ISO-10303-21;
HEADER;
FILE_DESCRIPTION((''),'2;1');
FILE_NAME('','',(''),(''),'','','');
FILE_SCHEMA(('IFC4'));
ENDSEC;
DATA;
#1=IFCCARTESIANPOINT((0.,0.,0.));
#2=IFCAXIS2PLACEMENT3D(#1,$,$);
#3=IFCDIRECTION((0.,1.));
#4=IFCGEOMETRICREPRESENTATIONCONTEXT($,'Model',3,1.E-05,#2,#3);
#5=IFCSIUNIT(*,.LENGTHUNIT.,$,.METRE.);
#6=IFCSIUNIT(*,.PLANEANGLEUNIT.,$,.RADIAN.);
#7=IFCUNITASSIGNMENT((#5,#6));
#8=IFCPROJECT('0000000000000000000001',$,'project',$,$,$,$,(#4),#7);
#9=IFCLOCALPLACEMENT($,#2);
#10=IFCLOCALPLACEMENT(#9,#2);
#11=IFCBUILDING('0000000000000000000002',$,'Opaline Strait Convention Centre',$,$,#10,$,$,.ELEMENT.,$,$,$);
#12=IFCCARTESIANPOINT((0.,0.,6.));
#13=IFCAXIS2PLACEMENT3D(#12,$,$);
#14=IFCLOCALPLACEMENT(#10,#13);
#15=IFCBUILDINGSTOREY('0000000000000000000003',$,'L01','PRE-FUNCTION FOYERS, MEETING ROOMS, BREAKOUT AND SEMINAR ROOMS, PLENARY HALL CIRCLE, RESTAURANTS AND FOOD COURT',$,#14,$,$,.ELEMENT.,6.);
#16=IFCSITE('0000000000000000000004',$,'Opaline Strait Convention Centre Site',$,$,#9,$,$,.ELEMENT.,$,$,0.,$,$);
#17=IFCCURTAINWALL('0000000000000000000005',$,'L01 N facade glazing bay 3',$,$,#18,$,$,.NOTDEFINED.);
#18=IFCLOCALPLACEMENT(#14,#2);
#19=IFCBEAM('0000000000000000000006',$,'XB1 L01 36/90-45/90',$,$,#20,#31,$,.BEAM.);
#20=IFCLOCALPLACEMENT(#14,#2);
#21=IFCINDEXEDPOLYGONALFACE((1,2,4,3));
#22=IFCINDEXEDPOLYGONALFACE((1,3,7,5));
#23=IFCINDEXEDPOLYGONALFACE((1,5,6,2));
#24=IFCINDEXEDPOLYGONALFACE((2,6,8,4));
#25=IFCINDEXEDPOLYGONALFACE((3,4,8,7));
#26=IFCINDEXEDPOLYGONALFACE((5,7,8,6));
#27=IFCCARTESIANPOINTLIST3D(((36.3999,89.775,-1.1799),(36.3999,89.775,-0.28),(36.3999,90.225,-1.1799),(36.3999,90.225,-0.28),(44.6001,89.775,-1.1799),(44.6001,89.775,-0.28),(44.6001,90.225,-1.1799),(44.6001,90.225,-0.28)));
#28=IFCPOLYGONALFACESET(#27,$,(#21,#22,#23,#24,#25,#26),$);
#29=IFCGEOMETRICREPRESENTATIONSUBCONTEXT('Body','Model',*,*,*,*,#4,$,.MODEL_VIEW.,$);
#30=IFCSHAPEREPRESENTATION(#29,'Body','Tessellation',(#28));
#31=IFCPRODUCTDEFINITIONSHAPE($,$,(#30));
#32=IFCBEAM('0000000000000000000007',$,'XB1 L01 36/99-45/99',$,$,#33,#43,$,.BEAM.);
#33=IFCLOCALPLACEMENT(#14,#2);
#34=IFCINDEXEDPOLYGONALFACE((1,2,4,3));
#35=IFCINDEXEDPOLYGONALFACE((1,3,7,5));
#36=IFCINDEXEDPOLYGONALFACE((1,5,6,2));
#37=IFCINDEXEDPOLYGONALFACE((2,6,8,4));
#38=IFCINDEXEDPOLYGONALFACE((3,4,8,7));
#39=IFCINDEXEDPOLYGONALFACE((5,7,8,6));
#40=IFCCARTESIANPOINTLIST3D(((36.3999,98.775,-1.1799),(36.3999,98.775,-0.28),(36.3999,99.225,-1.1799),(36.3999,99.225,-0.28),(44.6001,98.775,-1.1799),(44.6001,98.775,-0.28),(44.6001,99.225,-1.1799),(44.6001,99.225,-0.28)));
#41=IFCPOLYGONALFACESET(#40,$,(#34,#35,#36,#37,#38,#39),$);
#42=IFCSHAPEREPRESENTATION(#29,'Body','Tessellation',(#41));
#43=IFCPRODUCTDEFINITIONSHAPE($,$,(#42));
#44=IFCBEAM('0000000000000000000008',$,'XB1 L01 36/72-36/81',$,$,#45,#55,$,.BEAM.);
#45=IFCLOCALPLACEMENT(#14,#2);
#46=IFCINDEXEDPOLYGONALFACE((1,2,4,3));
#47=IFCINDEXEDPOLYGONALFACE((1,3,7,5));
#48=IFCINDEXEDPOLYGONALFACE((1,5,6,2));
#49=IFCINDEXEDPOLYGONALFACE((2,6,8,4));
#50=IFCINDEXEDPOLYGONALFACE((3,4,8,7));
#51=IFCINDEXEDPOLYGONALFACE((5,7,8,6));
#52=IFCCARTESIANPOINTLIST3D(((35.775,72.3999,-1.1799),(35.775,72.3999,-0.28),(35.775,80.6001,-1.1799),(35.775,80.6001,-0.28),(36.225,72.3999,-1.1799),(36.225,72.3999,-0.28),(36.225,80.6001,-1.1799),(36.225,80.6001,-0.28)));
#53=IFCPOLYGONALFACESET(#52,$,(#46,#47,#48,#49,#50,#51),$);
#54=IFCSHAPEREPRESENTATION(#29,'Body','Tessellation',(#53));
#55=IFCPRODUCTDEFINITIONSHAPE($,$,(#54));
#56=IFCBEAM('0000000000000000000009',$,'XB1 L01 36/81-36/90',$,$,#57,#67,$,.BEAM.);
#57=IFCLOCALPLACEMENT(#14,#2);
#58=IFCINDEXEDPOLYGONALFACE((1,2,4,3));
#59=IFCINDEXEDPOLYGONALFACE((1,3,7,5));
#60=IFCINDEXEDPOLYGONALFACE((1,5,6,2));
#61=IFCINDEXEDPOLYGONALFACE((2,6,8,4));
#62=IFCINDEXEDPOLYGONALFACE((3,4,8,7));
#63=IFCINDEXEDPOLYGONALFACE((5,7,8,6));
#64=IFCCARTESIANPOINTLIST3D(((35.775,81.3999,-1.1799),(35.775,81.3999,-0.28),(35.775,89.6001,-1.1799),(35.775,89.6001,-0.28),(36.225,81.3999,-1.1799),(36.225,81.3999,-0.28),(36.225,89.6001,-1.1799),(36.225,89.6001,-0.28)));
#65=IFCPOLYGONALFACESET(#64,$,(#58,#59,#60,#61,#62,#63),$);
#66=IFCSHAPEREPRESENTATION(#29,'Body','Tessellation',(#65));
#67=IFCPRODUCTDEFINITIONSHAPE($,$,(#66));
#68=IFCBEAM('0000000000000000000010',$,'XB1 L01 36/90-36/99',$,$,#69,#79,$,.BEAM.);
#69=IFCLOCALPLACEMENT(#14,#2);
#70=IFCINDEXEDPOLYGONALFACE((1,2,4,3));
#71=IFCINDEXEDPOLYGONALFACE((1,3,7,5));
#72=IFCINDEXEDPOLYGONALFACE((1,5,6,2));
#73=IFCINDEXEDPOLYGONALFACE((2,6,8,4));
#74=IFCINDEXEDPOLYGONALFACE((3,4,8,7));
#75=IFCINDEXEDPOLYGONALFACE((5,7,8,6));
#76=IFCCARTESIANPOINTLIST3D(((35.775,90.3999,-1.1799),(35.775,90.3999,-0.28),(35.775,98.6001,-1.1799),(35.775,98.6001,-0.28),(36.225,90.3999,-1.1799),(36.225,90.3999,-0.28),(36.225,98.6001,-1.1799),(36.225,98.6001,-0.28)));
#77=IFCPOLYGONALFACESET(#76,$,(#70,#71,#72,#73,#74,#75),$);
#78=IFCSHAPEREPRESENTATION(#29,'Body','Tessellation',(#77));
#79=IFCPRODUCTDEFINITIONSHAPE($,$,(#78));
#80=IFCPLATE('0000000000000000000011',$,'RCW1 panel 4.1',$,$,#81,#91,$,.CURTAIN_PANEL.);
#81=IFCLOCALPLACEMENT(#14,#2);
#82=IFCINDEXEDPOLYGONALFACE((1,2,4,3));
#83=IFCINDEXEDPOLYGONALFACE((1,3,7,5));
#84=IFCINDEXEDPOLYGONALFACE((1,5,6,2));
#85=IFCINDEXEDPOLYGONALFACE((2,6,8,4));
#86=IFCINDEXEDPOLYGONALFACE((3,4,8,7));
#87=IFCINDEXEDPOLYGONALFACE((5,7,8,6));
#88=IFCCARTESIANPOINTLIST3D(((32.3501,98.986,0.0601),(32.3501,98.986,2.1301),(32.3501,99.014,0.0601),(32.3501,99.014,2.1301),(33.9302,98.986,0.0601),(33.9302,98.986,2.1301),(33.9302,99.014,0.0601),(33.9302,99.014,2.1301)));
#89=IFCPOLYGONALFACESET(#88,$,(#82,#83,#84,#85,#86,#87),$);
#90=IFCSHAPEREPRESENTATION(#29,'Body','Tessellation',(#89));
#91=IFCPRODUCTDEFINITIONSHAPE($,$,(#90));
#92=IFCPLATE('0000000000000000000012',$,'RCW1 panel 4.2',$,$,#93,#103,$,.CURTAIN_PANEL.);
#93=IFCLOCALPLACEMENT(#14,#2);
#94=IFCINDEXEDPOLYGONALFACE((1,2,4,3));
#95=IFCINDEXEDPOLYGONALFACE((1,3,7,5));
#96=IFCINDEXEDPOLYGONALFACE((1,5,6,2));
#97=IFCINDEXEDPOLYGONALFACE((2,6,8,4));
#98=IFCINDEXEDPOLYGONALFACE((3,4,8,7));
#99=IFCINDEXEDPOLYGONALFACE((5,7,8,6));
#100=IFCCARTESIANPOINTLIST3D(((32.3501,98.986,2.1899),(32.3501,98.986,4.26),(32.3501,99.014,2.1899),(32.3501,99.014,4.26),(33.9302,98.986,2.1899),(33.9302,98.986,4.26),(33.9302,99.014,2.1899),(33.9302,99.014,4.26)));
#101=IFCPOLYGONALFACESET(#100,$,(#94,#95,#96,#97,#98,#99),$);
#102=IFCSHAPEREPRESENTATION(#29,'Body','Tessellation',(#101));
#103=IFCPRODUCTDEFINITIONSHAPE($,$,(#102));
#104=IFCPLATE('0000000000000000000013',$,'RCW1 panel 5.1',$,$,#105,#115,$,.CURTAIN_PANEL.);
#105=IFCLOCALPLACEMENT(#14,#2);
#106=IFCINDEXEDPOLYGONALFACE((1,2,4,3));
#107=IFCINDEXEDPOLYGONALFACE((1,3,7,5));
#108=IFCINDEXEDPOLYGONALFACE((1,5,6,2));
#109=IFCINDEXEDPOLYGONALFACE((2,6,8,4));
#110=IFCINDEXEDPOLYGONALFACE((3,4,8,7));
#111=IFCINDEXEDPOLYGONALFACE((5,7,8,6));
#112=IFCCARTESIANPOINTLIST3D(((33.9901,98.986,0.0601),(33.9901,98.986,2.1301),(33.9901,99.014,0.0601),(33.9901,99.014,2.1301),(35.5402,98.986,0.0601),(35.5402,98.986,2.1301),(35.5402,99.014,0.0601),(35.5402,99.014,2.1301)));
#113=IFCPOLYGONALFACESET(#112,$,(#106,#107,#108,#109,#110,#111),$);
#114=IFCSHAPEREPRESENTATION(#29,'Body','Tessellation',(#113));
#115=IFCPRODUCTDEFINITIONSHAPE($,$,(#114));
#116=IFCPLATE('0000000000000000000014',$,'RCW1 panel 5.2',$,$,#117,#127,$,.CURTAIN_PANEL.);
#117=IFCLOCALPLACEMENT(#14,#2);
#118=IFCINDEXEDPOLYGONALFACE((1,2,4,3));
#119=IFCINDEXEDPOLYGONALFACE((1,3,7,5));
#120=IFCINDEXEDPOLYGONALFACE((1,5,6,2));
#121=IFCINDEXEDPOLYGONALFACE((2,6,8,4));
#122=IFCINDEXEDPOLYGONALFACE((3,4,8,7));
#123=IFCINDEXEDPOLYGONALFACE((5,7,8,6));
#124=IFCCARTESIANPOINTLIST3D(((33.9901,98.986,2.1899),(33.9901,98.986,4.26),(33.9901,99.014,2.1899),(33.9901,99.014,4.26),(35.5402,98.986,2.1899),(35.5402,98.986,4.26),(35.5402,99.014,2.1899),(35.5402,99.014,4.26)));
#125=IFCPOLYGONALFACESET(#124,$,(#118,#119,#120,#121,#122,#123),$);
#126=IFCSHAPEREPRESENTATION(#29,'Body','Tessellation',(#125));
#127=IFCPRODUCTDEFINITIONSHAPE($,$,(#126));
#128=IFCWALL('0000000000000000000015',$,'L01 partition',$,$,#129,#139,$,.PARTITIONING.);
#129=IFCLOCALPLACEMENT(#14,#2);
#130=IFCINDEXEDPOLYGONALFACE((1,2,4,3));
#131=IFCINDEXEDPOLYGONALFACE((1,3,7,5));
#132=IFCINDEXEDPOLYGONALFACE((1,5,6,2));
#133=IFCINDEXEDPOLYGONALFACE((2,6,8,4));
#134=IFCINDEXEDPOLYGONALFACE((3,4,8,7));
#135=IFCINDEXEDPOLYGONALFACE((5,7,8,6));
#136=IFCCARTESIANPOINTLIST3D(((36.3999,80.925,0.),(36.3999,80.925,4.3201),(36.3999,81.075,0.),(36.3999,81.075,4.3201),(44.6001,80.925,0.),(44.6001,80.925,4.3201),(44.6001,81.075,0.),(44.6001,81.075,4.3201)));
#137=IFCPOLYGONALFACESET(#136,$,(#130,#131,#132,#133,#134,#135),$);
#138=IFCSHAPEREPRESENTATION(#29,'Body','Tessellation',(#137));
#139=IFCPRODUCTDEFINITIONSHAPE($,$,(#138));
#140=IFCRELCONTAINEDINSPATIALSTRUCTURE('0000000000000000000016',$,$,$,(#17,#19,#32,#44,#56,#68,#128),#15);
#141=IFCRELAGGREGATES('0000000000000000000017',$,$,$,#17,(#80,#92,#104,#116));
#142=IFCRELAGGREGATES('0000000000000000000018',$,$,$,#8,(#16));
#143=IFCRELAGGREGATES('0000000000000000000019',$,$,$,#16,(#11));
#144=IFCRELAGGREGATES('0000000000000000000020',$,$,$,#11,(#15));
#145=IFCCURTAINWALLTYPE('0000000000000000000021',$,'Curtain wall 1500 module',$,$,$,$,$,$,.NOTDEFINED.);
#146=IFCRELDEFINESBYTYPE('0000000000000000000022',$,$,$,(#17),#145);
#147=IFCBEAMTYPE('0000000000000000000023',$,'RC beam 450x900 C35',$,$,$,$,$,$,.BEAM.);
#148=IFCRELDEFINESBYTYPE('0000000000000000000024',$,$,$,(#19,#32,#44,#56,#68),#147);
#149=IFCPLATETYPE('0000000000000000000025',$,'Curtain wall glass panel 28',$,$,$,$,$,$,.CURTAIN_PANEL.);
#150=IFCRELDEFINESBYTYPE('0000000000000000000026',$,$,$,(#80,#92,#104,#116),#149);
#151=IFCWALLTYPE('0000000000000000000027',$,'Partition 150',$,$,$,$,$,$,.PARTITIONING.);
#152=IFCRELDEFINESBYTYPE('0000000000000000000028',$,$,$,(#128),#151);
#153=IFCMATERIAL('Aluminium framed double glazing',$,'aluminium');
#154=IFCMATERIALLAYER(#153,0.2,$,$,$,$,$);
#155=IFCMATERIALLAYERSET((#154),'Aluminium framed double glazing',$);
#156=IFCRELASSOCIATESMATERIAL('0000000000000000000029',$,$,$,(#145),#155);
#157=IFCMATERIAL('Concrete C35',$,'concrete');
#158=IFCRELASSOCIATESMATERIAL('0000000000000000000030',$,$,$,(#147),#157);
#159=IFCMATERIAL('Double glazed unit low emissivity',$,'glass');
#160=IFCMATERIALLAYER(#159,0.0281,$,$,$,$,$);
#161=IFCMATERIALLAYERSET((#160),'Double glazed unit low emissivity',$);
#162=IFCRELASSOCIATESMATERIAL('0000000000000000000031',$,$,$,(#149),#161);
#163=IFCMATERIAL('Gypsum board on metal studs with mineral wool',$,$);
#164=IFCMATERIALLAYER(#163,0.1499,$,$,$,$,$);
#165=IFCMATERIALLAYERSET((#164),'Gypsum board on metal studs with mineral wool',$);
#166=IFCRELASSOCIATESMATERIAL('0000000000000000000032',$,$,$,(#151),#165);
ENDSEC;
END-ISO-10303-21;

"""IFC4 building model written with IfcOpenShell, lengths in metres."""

from ifc_helpers import new_model, si_unit, direction, frame, frame_2d, origin, origin_2d, place, context, subcontext, project, spatial, rectangle, extrude, material, layer, layer_set, material_profile, profile_set, type_object, element, aggregate, save


model = new_model("IFC4")

# Units and contexts
model_context = context("Model", 3, precision=1e-05, world=origin(), true_north=direction((0.0, 1.0)))
body_context = subcontext(model_context, "Body", "Model", "MODEL_VIEW")
ifc_project = project(units=[si_unit("LENGTHUNIT", "METRE"), si_unit("PLANEANGLEUNIT", "RADIAN")], contexts=[model_context])

# Site, building, storey
site_placement = place(None, origin())
site = spatial("IfcSite", under=ifc_project, at=site_placement, Name="Opaline Strait Convention Centre Site", CompositionType="ELEMENT", RefElevation=0.0)
building_placement = place(site_placement, origin())
building = spatial("IfcBuilding", under=site, at=building_placement, Name="Opaline Strait Convention Centre", CompositionType="ELEMENT")
storey_placement = place(building_placement, frame((0.0, 0.0, 6.0)))
storey = spatial("IfcBuildingStorey", under=building, at=storey_placement, Name="L01", Description="PRE-FUNCTION FOYERS, MEETING ROOMS, BREAKOUT AND SEMINAR ROOMS, PLENARY HALL CIRCLE, RESTAURANTS AND FOOD COURT", CompositionType="ELEMENT", Elevation=6.0)

# Curtain wall
ifc_material_1 = material(Name="Aluminium framed double glazing", Category="aluminium")
ifc_layer_1 = layer(ifc_material_1, 0.2)
ifc_layer_set_1 = layer_set([ifc_layer_1], Name="Aluminium framed double glazing")
curtain_wall_type = type_object("IfcCurtainWallType", Name="Curtain wall 1500 module", PredefinedType="NOTDEFINED", material=ifc_layer_set_1)
curtain_wall_1_placement = place(storey_placement, origin())
curtain_wall_1 = element("IfcCurtainWall", 1, at=curtain_wall_1_placement, inside=storey, type_object=curtain_wall_type, Name="L01 N facade glazing bay 3", PredefinedType="NOTDEFINED")

# Beams
ifc_material_2 = material(Name="Concrete C35", Category="concrete")
ifc_material_profile_1 = material_profile(ifc_material_2, rectangle(XDim=0.45, YDim=0.8999, at=origin_2d()), Name="RC 450x900")
ifc_profile_set_1 = profile_set([ifc_material_profile_1], Name="Concrete C35")
beam_type = type_object("IfcBeamType", Name="RC beam 450x900 C35", PredefinedType="BEAM", material=ifc_profile_set_1)
for number, where, z_axis, x_axis, name in (
    (2, (36.3999, 90.0, -0.73), (1.0, 0.0, 0.0), (0.0, 1.0, 0.0), "XB1 L01 36/90-45/90"),
    (3, (36.3999, 99.0, -0.73), (1.0, 0.0, 0.0), (0.0, 1.0, 0.0), "XB1 L01 36/99-45/99"),
    (4, (36.0, 72.3999, -0.73), (0.0, 1.0, 0.0), (-1.0, 0.0, 0.0), "XB1 L01 36/72-36/81"),
    (5, (36.0, 81.3999, -0.73), (0.0, 1.0, 0.0), (-1.0, 0.0, 0.0), "XB1 L01 36/81-36/90"),
    (6, (36.0, 90.3999, -0.73), (0.0, 1.0, 0.0), (-1.0, 0.0, 0.0), "XB1 L01 36/90-36/99"),
):
    element("IfcBeam", number, at=place(storey_placement, frame(where, z_axis=z_axis, x_axis=x_axis)), inside=storey, type_object=beam_type, Name=name, PredefinedType="BEAM", context=body_context, shape_type="SweptSolid", body=[
        extrude(rectangle(XDim=0.45, YDim=0.8999, at=origin_2d()), origin(), (0.0, 0.0, 1.0), 8.2002),
    ])

# Plates
ifc_material_3 = material(Name="Double glazed unit low emissivity", Category="glass")
ifc_layer_2 = layer(ifc_material_3, 0.0281)
ifc_layer_set_2 = layer_set([ifc_layer_2], Name="Double glazed unit low emissivity")
plate_type = type_object("IfcPlateType", Name="Curtain wall glass panel 28", PredefinedType="CURTAIN_PANEL", material=ifc_layer_set_2)
plate_1_placement = place(storey_placement, frame((33.1401, 99.0, 0.0601), z_axis=(0.0, 0.0, 1.0), x_axis=(1.0, 0.0, 0.0)))
plate_1 = element("IfcPlate", 7, at=plate_1_placement, type_object=plate_type, Name="RCW1 panel 4.1", PredefinedType="CURTAIN_PANEL", context=body_context, shape_type="SweptSolid", body=[
    extrude(rectangle(XDim=1.5801, YDim=0.0281, at=origin_2d()), origin(), (0.0, 0.0, 1.0), 2.0701),
])
plate_2_placement = place(storey_placement, frame((33.1401, 99.0, 2.1899), z_axis=(0.0, 0.0, 1.0), x_axis=(1.0, 0.0, 0.0)))
plate_2 = element("IfcPlate", 8, at=plate_2_placement, type_object=plate_type, Name="RCW1 panel 4.2", PredefinedType="CURTAIN_PANEL", context=body_context, shape_type="SweptSolid", body=[
    extrude(rectangle(XDim=1.5801, YDim=0.0281, at=origin_2d()), origin(), (0.0, 0.0, 1.0), 2.0701),
])
plate_3_placement = place(storey_placement, frame((34.7651, 99.0, 0.0601), z_axis=(0.0, 0.0, 1.0), x_axis=(1.0, 0.0, 0.0)))
plate_3 = element("IfcPlate", 9, at=plate_3_placement, type_object=plate_type, Name="RCW1 panel 5.1", PredefinedType="CURTAIN_PANEL", context=body_context, shape_type="SweptSolid", body=[
    extrude(rectangle(XDim=1.55, YDim=0.0281, at=origin_2d()), origin(), (0.0, 0.0, 1.0), 2.0701),
])
plate_4_placement = place(storey_placement, frame((34.7651, 99.0, 2.1899), z_axis=(0.0, 0.0, 1.0), x_axis=(1.0, 0.0, 0.0)))
plate_4 = element("IfcPlate", 10, at=plate_4_placement, type_object=plate_type, Name="RCW1 panel 5.2", PredefinedType="CURTAIN_PANEL", context=body_context, shape_type="SweptSolid", body=[
    extrude(rectangle(XDim=1.55, YDim=0.0281, at=origin_2d()), origin(), (0.0, 0.0, 1.0), 2.0701),
])
aggregate(curtain_wall_1, [plate_1, plate_2, plate_3, plate_4])

# Wall
ifc_material_4 = material(Name="Gypsum board on metal studs with mineral wool")
ifc_layer_3 = layer(ifc_material_4, 0.1499)
ifc_layer_set_3 = layer_set([ifc_layer_3], Name="Gypsum board on metal studs with mineral wool")
wall_type = type_object("IfcWallType", Name="Partition 150", PredefinedType="PARTITIONING", material=ifc_layer_set_3)
wall_placement = place(storey_placement, frame((36.3999, 81.0, 0.0), z_axis=(0.0, 0.0, 1.0), x_axis=(1.0, 0.0, 0.0)))
element("IfcWall", 11, at=wall_placement, inside=storey, type_object=wall_type, Name="L01 partition", PredefinedType="PARTITIONING", context=body_context, shape_type="SweptSolid", body=[
    extrude(rectangle(XDim=8.2002, YDim=0.1499, at=frame_2d((4.1001, 0.0))), origin(), (0.0, 0.0, 1.0), 4.3201),
])

save(model, "model.ifc")
